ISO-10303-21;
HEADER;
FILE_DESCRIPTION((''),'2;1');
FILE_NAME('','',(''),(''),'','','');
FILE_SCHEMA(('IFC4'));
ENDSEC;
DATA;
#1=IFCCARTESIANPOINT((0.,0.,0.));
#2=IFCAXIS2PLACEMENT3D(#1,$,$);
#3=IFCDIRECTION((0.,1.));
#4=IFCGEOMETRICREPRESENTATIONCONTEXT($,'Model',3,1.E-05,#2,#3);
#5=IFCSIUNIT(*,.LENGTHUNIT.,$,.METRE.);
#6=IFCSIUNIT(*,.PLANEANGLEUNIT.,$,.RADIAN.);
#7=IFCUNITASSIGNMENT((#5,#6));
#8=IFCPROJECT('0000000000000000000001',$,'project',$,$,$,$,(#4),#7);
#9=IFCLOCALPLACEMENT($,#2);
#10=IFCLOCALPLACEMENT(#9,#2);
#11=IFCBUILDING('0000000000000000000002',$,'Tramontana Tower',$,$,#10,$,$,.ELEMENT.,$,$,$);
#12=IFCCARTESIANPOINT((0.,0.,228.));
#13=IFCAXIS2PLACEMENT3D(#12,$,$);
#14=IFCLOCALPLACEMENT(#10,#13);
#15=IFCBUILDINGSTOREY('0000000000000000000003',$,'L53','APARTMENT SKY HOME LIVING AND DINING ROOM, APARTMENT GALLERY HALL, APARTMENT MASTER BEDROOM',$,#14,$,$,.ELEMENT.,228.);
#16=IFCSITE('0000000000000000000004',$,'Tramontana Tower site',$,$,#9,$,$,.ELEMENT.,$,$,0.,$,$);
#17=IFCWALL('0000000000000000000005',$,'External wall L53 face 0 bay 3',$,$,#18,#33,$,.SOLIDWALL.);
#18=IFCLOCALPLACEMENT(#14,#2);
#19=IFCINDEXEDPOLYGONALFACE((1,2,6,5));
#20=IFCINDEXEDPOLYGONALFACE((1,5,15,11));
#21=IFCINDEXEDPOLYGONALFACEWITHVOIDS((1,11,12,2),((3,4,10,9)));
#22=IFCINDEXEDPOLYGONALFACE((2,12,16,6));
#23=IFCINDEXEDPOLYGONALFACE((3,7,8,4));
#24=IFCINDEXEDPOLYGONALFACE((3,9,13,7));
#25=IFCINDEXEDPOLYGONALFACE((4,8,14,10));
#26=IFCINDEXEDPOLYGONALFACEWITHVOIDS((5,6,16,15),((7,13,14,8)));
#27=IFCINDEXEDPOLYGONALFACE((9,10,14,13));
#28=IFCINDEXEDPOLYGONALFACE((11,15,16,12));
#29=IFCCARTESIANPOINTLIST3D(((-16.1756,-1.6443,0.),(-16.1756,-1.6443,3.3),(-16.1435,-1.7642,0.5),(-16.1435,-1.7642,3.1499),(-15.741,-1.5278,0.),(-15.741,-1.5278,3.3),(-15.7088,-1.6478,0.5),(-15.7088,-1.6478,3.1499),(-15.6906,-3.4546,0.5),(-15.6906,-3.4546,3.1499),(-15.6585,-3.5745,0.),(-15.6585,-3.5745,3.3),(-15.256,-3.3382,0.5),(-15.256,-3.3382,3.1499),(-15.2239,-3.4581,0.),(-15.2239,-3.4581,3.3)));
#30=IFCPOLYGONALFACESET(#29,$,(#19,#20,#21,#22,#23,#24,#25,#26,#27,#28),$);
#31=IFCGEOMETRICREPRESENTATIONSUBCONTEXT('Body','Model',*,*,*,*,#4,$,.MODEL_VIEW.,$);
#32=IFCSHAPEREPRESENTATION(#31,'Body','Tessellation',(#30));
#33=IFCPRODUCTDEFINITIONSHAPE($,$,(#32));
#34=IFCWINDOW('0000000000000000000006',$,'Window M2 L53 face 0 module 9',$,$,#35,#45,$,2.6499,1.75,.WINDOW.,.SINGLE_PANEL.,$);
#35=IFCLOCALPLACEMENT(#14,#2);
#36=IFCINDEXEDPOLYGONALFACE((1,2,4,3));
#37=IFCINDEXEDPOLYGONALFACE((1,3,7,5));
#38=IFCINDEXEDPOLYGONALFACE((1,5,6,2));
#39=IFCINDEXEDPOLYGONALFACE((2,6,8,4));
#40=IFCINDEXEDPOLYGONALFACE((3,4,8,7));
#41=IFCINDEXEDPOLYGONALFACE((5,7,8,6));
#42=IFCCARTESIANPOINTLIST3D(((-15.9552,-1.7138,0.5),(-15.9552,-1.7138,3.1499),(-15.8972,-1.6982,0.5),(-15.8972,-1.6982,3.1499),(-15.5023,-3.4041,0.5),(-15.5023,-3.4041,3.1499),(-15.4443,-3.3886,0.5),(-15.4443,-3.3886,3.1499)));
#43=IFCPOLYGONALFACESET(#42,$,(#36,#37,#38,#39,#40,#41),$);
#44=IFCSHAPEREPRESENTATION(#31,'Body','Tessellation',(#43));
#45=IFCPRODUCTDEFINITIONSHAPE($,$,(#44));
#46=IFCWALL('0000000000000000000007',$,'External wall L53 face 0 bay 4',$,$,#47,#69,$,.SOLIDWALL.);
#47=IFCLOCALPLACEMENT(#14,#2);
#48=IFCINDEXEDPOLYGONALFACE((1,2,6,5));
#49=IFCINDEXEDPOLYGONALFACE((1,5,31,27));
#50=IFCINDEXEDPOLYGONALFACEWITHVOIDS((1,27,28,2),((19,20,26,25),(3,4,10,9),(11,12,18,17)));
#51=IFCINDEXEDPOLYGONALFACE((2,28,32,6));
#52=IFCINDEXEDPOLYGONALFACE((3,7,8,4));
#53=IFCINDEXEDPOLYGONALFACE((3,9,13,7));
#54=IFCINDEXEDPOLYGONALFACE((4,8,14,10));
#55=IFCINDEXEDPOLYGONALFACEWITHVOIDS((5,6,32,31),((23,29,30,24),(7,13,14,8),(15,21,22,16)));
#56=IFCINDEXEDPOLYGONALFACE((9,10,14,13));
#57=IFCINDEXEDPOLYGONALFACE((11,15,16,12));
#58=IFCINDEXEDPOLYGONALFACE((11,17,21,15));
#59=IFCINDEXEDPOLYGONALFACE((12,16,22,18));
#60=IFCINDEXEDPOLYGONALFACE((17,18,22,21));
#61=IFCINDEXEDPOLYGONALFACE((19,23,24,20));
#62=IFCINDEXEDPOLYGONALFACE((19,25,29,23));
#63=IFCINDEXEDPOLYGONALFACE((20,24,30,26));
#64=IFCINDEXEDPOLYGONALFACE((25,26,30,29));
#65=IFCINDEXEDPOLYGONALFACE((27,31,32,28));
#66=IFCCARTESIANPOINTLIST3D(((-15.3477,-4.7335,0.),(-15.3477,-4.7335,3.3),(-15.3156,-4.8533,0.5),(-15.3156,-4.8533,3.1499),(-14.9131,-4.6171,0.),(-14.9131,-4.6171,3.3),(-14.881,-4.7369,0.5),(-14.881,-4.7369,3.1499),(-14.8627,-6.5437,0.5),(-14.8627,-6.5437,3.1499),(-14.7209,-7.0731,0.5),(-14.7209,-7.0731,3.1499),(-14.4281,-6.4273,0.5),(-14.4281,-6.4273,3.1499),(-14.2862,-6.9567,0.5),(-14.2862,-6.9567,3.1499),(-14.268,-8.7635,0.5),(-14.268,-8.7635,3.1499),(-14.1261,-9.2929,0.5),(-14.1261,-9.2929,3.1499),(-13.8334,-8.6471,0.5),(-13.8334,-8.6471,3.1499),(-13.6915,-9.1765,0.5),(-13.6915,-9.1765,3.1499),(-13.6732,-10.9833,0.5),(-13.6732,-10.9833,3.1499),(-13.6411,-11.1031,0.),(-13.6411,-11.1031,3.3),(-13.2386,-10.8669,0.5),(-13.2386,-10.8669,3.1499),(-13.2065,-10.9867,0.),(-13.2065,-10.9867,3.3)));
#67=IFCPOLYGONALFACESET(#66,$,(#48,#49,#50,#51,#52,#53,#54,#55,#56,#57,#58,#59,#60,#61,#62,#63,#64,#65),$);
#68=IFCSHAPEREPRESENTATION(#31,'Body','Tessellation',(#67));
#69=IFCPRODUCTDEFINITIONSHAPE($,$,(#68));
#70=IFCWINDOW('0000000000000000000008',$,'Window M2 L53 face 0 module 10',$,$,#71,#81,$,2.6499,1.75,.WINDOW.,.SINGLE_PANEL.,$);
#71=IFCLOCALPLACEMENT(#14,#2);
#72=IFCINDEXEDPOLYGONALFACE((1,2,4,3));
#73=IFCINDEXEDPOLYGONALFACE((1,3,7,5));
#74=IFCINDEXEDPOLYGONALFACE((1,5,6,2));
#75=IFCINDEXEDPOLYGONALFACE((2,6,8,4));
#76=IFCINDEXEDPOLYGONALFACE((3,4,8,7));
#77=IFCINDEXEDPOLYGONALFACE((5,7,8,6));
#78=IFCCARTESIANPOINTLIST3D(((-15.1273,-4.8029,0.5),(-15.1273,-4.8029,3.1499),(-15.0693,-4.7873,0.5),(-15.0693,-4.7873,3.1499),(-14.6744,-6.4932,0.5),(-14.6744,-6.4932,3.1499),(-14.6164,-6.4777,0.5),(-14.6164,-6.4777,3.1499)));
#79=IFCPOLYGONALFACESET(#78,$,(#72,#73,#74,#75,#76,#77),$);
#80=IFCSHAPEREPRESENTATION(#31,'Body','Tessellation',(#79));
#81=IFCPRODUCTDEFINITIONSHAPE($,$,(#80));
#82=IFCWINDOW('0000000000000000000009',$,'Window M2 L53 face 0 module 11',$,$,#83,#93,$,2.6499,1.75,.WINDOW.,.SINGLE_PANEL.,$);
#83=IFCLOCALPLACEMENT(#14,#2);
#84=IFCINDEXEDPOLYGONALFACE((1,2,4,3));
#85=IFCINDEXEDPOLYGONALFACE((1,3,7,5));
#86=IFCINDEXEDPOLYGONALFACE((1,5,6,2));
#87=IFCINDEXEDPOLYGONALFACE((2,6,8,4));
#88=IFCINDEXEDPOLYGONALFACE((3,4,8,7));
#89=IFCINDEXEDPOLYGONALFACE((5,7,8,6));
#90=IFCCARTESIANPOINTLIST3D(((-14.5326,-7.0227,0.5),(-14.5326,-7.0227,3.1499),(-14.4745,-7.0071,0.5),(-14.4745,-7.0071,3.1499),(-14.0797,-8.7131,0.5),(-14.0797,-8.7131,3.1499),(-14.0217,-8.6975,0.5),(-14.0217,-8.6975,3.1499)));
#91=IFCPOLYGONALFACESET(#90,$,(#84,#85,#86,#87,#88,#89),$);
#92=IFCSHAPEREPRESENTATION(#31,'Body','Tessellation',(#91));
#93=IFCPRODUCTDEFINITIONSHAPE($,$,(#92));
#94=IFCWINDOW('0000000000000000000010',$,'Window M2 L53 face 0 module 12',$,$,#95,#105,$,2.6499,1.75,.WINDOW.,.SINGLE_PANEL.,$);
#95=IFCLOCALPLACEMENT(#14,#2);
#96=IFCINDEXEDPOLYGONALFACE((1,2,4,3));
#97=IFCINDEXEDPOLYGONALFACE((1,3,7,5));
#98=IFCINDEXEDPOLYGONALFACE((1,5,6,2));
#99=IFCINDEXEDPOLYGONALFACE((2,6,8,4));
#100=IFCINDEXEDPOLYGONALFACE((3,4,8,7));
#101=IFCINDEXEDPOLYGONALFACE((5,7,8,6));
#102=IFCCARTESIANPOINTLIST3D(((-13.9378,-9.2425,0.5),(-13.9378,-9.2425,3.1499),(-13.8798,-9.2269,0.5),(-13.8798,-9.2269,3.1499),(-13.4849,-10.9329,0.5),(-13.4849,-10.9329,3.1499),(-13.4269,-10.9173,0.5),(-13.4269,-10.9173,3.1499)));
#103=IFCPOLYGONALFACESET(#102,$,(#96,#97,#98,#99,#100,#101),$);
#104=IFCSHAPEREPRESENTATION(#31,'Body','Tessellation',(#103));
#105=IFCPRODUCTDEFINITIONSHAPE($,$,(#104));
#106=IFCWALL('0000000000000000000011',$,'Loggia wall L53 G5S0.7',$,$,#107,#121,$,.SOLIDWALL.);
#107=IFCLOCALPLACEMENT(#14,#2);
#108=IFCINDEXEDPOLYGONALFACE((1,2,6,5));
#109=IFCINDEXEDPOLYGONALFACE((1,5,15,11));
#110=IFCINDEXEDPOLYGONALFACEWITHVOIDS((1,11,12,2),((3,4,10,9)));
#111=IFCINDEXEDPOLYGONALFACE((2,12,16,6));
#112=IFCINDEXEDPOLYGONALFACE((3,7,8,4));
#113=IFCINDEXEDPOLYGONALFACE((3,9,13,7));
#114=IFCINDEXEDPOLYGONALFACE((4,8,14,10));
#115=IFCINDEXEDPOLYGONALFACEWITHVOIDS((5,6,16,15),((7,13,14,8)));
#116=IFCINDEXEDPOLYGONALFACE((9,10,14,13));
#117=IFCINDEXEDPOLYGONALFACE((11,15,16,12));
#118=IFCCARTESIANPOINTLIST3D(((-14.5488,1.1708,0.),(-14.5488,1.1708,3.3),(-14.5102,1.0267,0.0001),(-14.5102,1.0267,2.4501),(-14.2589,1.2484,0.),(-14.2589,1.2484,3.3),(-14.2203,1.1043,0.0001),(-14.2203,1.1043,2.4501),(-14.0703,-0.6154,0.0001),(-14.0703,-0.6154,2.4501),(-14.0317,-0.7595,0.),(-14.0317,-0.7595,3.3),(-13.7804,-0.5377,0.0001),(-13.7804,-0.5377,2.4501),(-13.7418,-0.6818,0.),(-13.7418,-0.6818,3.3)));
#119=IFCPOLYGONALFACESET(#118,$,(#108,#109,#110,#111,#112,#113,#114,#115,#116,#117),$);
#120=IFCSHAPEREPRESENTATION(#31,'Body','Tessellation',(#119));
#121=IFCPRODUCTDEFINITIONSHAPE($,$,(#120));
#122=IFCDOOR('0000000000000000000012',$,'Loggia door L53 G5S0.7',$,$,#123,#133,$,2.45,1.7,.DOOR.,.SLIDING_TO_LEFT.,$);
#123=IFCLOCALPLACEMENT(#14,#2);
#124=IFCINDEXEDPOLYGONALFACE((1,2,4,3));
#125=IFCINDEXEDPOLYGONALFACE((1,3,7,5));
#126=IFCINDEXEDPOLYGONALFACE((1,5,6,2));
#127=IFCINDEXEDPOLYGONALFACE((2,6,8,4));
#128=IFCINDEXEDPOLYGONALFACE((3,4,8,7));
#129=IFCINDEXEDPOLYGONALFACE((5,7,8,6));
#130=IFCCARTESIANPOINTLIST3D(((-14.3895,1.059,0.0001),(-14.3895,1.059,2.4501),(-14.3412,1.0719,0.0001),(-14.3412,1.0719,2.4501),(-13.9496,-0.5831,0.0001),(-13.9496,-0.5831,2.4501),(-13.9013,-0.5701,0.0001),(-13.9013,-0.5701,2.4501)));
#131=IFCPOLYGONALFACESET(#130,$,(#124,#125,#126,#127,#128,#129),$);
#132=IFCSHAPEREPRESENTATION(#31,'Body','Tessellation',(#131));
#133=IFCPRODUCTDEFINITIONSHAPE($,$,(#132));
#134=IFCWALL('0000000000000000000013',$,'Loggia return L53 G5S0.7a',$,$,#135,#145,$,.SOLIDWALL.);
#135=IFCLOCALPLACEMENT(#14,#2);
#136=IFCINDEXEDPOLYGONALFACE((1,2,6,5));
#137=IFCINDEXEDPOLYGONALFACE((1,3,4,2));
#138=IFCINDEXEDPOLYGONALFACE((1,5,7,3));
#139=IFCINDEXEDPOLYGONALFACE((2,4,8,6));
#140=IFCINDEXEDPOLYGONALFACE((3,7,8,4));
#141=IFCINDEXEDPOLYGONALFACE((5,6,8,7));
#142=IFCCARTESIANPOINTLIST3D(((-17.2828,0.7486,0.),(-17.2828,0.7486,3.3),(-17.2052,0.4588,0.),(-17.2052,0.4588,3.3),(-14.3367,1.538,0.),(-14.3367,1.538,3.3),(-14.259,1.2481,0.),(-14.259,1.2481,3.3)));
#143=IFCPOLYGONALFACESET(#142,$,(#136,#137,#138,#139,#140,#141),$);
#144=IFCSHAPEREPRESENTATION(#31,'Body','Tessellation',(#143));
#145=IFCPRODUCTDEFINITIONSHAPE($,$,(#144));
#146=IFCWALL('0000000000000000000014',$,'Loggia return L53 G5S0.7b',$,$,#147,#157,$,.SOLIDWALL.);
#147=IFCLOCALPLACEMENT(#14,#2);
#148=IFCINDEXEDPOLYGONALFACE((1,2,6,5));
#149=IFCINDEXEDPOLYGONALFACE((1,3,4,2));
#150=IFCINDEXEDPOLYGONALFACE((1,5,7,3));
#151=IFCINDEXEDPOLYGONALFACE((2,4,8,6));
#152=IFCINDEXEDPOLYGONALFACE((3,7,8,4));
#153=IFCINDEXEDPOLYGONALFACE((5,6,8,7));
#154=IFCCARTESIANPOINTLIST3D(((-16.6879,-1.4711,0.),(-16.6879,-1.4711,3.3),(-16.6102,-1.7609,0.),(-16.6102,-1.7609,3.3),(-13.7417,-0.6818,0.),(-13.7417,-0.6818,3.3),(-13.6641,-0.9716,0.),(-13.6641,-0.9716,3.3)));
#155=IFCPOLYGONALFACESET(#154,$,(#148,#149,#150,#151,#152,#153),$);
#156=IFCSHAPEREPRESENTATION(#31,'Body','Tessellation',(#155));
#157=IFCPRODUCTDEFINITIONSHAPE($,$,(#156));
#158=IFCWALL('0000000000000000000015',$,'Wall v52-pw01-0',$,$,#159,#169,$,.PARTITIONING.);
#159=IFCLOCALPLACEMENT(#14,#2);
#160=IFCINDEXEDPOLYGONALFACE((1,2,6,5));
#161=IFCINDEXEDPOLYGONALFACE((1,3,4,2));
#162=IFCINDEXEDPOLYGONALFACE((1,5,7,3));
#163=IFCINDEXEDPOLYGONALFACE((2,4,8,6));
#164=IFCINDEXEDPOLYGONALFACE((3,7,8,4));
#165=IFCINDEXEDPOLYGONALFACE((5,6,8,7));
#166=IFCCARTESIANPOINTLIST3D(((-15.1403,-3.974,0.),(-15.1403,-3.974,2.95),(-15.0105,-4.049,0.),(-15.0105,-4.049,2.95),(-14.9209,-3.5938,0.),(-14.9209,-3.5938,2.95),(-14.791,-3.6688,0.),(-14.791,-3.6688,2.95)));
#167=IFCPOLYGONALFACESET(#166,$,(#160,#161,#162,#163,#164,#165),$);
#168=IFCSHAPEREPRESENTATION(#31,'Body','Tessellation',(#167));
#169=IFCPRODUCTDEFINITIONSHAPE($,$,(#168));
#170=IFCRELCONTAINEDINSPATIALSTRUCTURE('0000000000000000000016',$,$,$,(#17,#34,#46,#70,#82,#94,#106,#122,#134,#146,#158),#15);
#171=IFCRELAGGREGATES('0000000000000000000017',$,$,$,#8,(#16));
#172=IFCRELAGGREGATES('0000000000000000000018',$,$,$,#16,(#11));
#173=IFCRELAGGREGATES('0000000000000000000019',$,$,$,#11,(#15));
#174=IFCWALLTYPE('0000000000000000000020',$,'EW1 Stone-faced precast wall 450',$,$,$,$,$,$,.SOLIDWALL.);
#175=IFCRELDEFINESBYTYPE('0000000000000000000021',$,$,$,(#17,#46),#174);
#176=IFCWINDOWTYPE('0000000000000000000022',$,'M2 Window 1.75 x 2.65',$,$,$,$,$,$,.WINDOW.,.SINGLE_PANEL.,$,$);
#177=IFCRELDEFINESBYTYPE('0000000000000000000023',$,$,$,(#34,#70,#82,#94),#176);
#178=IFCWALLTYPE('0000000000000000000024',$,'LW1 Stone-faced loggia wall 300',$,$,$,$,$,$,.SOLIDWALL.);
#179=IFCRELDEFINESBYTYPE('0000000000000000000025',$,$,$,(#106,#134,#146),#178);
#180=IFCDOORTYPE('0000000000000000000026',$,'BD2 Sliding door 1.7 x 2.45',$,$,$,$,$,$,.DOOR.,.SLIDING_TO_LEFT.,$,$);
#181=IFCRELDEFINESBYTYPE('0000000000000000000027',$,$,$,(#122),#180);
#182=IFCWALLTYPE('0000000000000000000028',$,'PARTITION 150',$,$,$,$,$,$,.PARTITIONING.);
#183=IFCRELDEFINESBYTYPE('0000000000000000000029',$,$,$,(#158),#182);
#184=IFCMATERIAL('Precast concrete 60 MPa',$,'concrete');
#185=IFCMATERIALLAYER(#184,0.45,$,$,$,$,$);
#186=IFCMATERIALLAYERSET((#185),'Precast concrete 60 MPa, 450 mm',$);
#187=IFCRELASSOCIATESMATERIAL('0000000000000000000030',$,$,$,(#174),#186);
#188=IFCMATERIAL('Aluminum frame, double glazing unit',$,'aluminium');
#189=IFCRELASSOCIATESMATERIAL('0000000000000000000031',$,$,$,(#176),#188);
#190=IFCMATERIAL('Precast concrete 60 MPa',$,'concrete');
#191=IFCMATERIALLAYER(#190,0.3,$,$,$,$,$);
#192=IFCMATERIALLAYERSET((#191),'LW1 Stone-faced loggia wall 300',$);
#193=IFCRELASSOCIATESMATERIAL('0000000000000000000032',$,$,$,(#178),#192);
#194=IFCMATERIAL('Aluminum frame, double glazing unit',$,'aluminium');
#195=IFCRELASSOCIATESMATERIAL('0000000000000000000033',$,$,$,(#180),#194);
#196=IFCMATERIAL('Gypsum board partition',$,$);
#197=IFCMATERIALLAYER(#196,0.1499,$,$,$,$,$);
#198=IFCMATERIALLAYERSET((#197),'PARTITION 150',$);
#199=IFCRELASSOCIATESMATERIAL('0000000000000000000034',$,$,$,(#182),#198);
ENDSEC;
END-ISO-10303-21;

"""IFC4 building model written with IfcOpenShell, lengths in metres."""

from ifc_helpers import new_model, si_unit, direction, frame, frame_2d, origin, place, context, subcontext, project, spatial, rectangle, extrude, material, layer, layer_set, type_object, element, fill, save


model = new_model("IFC4")

# Units and contexts
model_context = context("Model", 3, precision=1e-05, world=origin(), true_north=direction((0.0, 1.0)))
body_context = subcontext(model_context, "Body", "Model", "MODEL_VIEW")
ifc_project = project(units=[si_unit("LENGTHUNIT", "METRE"), si_unit("PLANEANGLEUNIT", "RADIAN")], contexts=[model_context])

# Site, building, storey
site_placement = place(None, origin())
site = spatial("IfcSite", under=ifc_project, at=site_placement, Name="Tramontana Tower site", CompositionType="ELEMENT", RefElevation=0.0)
building_placement = place(site_placement, origin())
building = spatial("IfcBuilding", under=site, at=building_placement, Name="Tramontana Tower", CompositionType="ELEMENT")
storey_placement = place(building_placement, frame((0.0, 0.0, 228.0)))
storey = spatial("IfcBuildingStorey", under=building, at=storey_placement, Name="L53", Description="APARTMENT SKY HOME LIVING AND DINING ROOM, APARTMENT GALLERY HALL, APARTMENT MASTER BEDROOM", CompositionType="ELEMENT", Elevation=228.0)

# Wall, opening, window
ifc_material_1 = material(Name="Precast concrete 60 MPa", Category="concrete")
ifc_layer_1 = layer(ifc_material_1, 0.45)
ifc_layer_set_1 = layer_set([ifc_layer_1], Name="Precast concrete 60 MPa, 450 mm")
wall_type_1 = type_object("IfcWallType", Name="EW1 Stone-faced precast wall 450", PredefinedType="SOLIDWALL", material=ifc_layer_set_1)
wall_1_placement = place(storey_placement, frame((-15.9583, -1.5862, 0.0), z_axis=(0.0, 0.0, 1.0), x_axis=(0.258773, -0.965938, 0.0)))
wall_1 = element("IfcWall", 1, at=wall_1_placement, inside=storey, type_object=wall_type_1, Name="External wall L53 face 0 bay 3", PredefinedType="SOLIDWALL", context=body_context, shape_type="SweptSolid", body=[
    extrude(rectangle(XDim=1.9983, YDim=0.45, at=frame_2d((0.999, 0.0))), origin(), (0.0, 0.0, 1.0), 3.3),
])
opening_1_placement = place(wall_1_placement, frame((0.124, 0.0, 0.5)))
opening_1 = element("IfcOpeningElement", 2, at=opening_1_placement, cuts=wall_1, PredefinedType="OPENING", context=body_context, shape_type="SweptSolid", body=[
    extrude(rectangle(XDim=1.75, YDim=2.6499, at=frame_2d((0.875, 1.325))), frame((0.0, 0.2349, 0.0), z_axis=(0.0, -1.0, 0.0), x_axis=(1.0, 0.0, 0.0)), (0.0, 0.0, 1.0), 0.47),
])
ifc_material_2 = material(Name="Aluminum frame, double glazing unit", Category="aluminium")
window_type = type_object("IfcWindowType", Name="M2 Window 1.75 x 2.65", PartitioningType="SINGLE_PANEL", PredefinedType="WINDOW", material=ifc_material_2)
window_1_placement = place(opening_1_placement, origin())
window_1 = element("IfcWindow", 3, at=window_1_placement, inside=storey, type_object=window_type, Name="Window M2 L53 face 0 module 9", OverallHeight=2.6499, OverallWidth=1.75, PartitioningType="SINGLE_PANEL", PredefinedType="WINDOW", context=body_context, shape_type="SweptSolid", body=[
    extrude(rectangle(XDim=1.75, YDim=2.6499, at=frame_2d((0.875, 1.325))), frame((0.0, 0.03, 0.0), z_axis=(0.0, -1.0, 0.0), x_axis=(1.0, 0.0, 0.0)), (0.0, 0.0, 1.0), 0.0601),
])
fill(opening_1, window_1)

# Wall, openings, windows
wall_2_placement = place(storey_placement, frame((-15.1304, -4.6753, 0.0), z_axis=(0.0, 0.0, 1.0), x_axis=(0.258792, -0.965933, 0.0)))
wall_2 = element("IfcWall", 4, at=wall_2_placement, inside=storey, type_object=wall_type_1, Name="External wall L53 face 0 bay 4", PredefinedType="SOLIDWALL", context=body_context, shape_type="SweptSolid", body=[
    extrude(rectangle(XDim=6.5942, YDim=0.45, at=frame_2d((3.2971, 0.0))), origin(), (0.0, 0.0, 1.0), 3.3),
])
opening_2_placement = place(wall_2_placement, frame((0.124, 0.0, 0.5)))
opening_2 = element("IfcOpeningElement", 5, at=opening_2_placement, cuts=wall_2, PredefinedType="OPENING", context=body_context, shape_type="SweptSolid", body=[
    extrude(rectangle(XDim=1.75, YDim=2.6499, at=frame_2d((0.875, 1.325))), frame((0.0, 0.2349, 0.0), z_axis=(0.0, -1.0, 0.0), x_axis=(1.0, 0.0, 0.0)), (0.0, 0.0, 1.0), 0.47),
])
opening_3_placement = place(wall_2_placement, frame((2.4221, 0.0, 0.5)))
opening_3 = element("IfcOpeningElement", 6, at=opening_3_placement, cuts=wall_2, PredefinedType="OPENING", context=body_context, shape_type="SweptSolid", body=[
    extrude(rectangle(XDim=1.75, YDim=2.6499, at=frame_2d((0.875, 1.325))), frame((0.0, 0.2349, 0.0), z_axis=(0.0, -1.0, 0.0), x_axis=(1.0, 0.0, 0.0)), (0.0, 0.0, 1.0), 0.47),
])
opening_4_placement = place(wall_2_placement, frame((4.7202, 0.0, 0.5)))
opening_4 = element("IfcOpeningElement", 7, at=opening_4_placement, cuts=wall_2, PredefinedType="OPENING", context=body_context, shape_type="SweptSolid", body=[
    extrude(rectangle(XDim=1.75, YDim=2.6499, at=frame_2d((0.875, 1.325))), frame((0.0, 0.2349, 0.0), z_axis=(0.0, -1.0, 0.0), x_axis=(1.0, 0.0, 0.0)), (0.0, 0.0, 1.0), 0.47),
])
window_2_placement = place(opening_2_placement, origin())
window_2 = element("IfcWindow", 8, at=window_2_placement, inside=storey, type_object=window_type, Name="Window M2 L53 face 0 module 10", OverallHeight=2.6499, OverallWidth=1.75, PartitioningType="SINGLE_PANEL", PredefinedType="WINDOW", context=body_context, shape_type="SweptSolid", body=[
    extrude(rectangle(XDim=1.75, YDim=2.6499, at=frame_2d((0.875, 1.325))), frame((0.0, 0.03, 0.0), z_axis=(0.0, -1.0, 0.0), x_axis=(1.0, 0.0, 0.0)), (0.0, 0.0, 1.0), 0.0601),
])
fill(opening_2, window_2)
window_3_placement = place(opening_3_placement, origin())
window_3 = element("IfcWindow", 9, at=window_3_placement, inside=storey, type_object=window_type, Name="Window M2 L53 face 0 module 11", OverallHeight=2.6499, OverallWidth=1.75, PartitioningType="SINGLE_PANEL", PredefinedType="WINDOW", context=body_context, shape_type="SweptSolid", body=[
    extrude(rectangle(XDim=1.75, YDim=2.6499, at=frame_2d((0.875, 1.325))), frame((0.0, 0.03, 0.0), z_axis=(0.0, -1.0, 0.0), x_axis=(1.0, 0.0, 0.0)), (0.0, 0.0, 1.0), 0.0601),
])
fill(opening_3, window_3)
window_4_placement = place(opening_4_placement, origin())
window_4 = element("IfcWindow", 10, at=window_4_placement, inside=storey, type_object=window_type, Name="Window M2 L53 face 0 module 12", OverallHeight=2.6499, OverallWidth=1.75, PartitioningType="SINGLE_PANEL", PredefinedType="WINDOW", context=body_context, shape_type="SweptSolid", body=[
    extrude(rectangle(XDim=1.75, YDim=2.6499, at=frame_2d((0.875, 1.325))), frame((0.0, 0.03, 0.0), z_axis=(0.0, -1.0, 0.0), x_axis=(1.0, 0.0, 0.0)), (0.0, 0.0, 1.0), 0.0601),
])
fill(opening_4, window_4)

# Wall, opening, door
ifc_material_3 = material(Name="Precast concrete 60 MPa", Category="concrete")
ifc_layer_2 = layer(ifc_material_3, 0.3)
ifc_layer_set_2 = layer_set([ifc_layer_2], Name="LW1 Stone-faced loggia wall 300")
wall_type_2 = type_object("IfcWallType", Name="LW1 Stone-faced loggia wall 300", PredefinedType="SOLIDWALL", material=ifc_layer_set_2)
wall_3_placement = place(storey_placement, frame((-14.4038, 1.2095, 0.0), z_axis=(0.0, 0.0, 1.0), x_axis=(0.258773, -0.965938, 0.0)))
wall_3 = element("IfcWall", 11, at=wall_3_placement, inside=storey, type_object=wall_type_2, Name="Loggia wall L53 G5S0.7", PredefinedType="SOLIDWALL", context=body_context, shape_type="SweptSolid", body=[
    extrude(rectangle(XDim=1.9983, YDim=0.3, at=frame_2d((0.999, 0.0))), origin(), (0.0, 0.0, 1.0), 3.3),
])
opening_5_placement = place(wall_3_placement, frame((0.1489, 0.0, 0.0)))
opening_5 = element("IfcOpeningElement", 12, at=opening_5_placement, cuts=wall_3, PredefinedType="OPENING", context=body_context, shape_type="SweptSolid", body=[
    extrude(rectangle(XDim=1.7, YDim=2.45, at=frame_2d((0.8501, 1.2251))), frame((0.0, 0.1599, 0.0), z_axis=(0.0, -1.0, 0.0), x_axis=(1.0, 0.0, 0.0)), (0.0, 0.0, 1.0), 0.3201),
])
ifc_material_4 = material(Name="Aluminum frame, double glazing unit", Category="aluminium")
door_type_1 = type_object("IfcDoorType", Name="BD2 Sliding door 1.7 x 2.45", OperationType="SLIDING_TO_LEFT", PredefinedType="DOOR", material=ifc_material_4)
door_1_placement = place(opening_5_placement, origin())
door_1 = element("IfcDoor", 13, at=door_1_placement, inside=storey, type_object=door_type_1, Name="Loggia door L53 G5S0.7", OperationType="SLIDING_TO_LEFT", OverallHeight=2.45, OverallWidth=1.7, PredefinedType="DOOR", context=body_context, shape_type="SweptSolid", body=[
    extrude(rectangle(XDim=1.7, YDim=2.45, at=frame_2d((0.8501, 1.2251))), frame((0.0, 0.0249, 0.0), z_axis=(0.0, -1.0, 0.0), x_axis=(1.0, 0.0, 0.0)), (0.0, 0.0, 1.0), 0.05),
])
fill(opening_5, door_1)

# Walls
for number, where, z_axis, x_axis, name in (
    (14, (-17.2439, 0.6038, 0.0), (0.0, 0.0, 1.0), (0.965933, 0.258793, 0.0), "Loggia return L53 G5S0.7a"),
    (15, (-16.6489, -1.616, 0.0), (0.0, 0.0, 1.0), (0.965933, 0.258793, 0.0), "Loggia return L53 G5S0.7b"),
):
    element("IfcWall", number, at=place(storey_placement, frame(where, z_axis=z_axis, x_axis=x_axis)), inside=storey, type_object=wall_type_2, Name=name, PredefinedType="SOLIDWALL", context=body_context, shape_type="SweptSolid", body=[
        extrude(rectangle(XDim=3.05, YDim=0.3, at=frame_2d((1.5249, 0.0))), origin(), (0.0, 0.0, 1.0), 3.3),
    ])
ifc_material_5 = material(Name="Gypsum board partition")
ifc_layer_3 = layer(ifc_material_5, 0.1499)
ifc_layer_set_3 = layer_set([ifc_layer_3], Name="PARTITION 150")
wall_type_3 = type_object("IfcWallType", Name="PARTITION 150", PredefinedType="PARTITIONING", material=ifc_layer_set_3)
wall_4_placement = place(storey_placement, frame((-15.0754, -4.0115, 0.0), z_axis=(0.0, 0.0, 1.0), x_axis=(0.500027, 0.86601, 0.0)))
element("IfcWall", 16, at=wall_4_placement, inside=storey, type_object=wall_type_3, Name="Wall v52-pw01-0", PredefinedType="PARTITIONING", context=body_context, shape_type="SweptSolid", body=[
    extrude(rectangle(XDim=0.439, YDim=0.1499, at=frame_2d((0.2195, 0.0))), origin(), (0.0, 0.0, 1.0), 2.95),
])

save(model, "model.ifc")
